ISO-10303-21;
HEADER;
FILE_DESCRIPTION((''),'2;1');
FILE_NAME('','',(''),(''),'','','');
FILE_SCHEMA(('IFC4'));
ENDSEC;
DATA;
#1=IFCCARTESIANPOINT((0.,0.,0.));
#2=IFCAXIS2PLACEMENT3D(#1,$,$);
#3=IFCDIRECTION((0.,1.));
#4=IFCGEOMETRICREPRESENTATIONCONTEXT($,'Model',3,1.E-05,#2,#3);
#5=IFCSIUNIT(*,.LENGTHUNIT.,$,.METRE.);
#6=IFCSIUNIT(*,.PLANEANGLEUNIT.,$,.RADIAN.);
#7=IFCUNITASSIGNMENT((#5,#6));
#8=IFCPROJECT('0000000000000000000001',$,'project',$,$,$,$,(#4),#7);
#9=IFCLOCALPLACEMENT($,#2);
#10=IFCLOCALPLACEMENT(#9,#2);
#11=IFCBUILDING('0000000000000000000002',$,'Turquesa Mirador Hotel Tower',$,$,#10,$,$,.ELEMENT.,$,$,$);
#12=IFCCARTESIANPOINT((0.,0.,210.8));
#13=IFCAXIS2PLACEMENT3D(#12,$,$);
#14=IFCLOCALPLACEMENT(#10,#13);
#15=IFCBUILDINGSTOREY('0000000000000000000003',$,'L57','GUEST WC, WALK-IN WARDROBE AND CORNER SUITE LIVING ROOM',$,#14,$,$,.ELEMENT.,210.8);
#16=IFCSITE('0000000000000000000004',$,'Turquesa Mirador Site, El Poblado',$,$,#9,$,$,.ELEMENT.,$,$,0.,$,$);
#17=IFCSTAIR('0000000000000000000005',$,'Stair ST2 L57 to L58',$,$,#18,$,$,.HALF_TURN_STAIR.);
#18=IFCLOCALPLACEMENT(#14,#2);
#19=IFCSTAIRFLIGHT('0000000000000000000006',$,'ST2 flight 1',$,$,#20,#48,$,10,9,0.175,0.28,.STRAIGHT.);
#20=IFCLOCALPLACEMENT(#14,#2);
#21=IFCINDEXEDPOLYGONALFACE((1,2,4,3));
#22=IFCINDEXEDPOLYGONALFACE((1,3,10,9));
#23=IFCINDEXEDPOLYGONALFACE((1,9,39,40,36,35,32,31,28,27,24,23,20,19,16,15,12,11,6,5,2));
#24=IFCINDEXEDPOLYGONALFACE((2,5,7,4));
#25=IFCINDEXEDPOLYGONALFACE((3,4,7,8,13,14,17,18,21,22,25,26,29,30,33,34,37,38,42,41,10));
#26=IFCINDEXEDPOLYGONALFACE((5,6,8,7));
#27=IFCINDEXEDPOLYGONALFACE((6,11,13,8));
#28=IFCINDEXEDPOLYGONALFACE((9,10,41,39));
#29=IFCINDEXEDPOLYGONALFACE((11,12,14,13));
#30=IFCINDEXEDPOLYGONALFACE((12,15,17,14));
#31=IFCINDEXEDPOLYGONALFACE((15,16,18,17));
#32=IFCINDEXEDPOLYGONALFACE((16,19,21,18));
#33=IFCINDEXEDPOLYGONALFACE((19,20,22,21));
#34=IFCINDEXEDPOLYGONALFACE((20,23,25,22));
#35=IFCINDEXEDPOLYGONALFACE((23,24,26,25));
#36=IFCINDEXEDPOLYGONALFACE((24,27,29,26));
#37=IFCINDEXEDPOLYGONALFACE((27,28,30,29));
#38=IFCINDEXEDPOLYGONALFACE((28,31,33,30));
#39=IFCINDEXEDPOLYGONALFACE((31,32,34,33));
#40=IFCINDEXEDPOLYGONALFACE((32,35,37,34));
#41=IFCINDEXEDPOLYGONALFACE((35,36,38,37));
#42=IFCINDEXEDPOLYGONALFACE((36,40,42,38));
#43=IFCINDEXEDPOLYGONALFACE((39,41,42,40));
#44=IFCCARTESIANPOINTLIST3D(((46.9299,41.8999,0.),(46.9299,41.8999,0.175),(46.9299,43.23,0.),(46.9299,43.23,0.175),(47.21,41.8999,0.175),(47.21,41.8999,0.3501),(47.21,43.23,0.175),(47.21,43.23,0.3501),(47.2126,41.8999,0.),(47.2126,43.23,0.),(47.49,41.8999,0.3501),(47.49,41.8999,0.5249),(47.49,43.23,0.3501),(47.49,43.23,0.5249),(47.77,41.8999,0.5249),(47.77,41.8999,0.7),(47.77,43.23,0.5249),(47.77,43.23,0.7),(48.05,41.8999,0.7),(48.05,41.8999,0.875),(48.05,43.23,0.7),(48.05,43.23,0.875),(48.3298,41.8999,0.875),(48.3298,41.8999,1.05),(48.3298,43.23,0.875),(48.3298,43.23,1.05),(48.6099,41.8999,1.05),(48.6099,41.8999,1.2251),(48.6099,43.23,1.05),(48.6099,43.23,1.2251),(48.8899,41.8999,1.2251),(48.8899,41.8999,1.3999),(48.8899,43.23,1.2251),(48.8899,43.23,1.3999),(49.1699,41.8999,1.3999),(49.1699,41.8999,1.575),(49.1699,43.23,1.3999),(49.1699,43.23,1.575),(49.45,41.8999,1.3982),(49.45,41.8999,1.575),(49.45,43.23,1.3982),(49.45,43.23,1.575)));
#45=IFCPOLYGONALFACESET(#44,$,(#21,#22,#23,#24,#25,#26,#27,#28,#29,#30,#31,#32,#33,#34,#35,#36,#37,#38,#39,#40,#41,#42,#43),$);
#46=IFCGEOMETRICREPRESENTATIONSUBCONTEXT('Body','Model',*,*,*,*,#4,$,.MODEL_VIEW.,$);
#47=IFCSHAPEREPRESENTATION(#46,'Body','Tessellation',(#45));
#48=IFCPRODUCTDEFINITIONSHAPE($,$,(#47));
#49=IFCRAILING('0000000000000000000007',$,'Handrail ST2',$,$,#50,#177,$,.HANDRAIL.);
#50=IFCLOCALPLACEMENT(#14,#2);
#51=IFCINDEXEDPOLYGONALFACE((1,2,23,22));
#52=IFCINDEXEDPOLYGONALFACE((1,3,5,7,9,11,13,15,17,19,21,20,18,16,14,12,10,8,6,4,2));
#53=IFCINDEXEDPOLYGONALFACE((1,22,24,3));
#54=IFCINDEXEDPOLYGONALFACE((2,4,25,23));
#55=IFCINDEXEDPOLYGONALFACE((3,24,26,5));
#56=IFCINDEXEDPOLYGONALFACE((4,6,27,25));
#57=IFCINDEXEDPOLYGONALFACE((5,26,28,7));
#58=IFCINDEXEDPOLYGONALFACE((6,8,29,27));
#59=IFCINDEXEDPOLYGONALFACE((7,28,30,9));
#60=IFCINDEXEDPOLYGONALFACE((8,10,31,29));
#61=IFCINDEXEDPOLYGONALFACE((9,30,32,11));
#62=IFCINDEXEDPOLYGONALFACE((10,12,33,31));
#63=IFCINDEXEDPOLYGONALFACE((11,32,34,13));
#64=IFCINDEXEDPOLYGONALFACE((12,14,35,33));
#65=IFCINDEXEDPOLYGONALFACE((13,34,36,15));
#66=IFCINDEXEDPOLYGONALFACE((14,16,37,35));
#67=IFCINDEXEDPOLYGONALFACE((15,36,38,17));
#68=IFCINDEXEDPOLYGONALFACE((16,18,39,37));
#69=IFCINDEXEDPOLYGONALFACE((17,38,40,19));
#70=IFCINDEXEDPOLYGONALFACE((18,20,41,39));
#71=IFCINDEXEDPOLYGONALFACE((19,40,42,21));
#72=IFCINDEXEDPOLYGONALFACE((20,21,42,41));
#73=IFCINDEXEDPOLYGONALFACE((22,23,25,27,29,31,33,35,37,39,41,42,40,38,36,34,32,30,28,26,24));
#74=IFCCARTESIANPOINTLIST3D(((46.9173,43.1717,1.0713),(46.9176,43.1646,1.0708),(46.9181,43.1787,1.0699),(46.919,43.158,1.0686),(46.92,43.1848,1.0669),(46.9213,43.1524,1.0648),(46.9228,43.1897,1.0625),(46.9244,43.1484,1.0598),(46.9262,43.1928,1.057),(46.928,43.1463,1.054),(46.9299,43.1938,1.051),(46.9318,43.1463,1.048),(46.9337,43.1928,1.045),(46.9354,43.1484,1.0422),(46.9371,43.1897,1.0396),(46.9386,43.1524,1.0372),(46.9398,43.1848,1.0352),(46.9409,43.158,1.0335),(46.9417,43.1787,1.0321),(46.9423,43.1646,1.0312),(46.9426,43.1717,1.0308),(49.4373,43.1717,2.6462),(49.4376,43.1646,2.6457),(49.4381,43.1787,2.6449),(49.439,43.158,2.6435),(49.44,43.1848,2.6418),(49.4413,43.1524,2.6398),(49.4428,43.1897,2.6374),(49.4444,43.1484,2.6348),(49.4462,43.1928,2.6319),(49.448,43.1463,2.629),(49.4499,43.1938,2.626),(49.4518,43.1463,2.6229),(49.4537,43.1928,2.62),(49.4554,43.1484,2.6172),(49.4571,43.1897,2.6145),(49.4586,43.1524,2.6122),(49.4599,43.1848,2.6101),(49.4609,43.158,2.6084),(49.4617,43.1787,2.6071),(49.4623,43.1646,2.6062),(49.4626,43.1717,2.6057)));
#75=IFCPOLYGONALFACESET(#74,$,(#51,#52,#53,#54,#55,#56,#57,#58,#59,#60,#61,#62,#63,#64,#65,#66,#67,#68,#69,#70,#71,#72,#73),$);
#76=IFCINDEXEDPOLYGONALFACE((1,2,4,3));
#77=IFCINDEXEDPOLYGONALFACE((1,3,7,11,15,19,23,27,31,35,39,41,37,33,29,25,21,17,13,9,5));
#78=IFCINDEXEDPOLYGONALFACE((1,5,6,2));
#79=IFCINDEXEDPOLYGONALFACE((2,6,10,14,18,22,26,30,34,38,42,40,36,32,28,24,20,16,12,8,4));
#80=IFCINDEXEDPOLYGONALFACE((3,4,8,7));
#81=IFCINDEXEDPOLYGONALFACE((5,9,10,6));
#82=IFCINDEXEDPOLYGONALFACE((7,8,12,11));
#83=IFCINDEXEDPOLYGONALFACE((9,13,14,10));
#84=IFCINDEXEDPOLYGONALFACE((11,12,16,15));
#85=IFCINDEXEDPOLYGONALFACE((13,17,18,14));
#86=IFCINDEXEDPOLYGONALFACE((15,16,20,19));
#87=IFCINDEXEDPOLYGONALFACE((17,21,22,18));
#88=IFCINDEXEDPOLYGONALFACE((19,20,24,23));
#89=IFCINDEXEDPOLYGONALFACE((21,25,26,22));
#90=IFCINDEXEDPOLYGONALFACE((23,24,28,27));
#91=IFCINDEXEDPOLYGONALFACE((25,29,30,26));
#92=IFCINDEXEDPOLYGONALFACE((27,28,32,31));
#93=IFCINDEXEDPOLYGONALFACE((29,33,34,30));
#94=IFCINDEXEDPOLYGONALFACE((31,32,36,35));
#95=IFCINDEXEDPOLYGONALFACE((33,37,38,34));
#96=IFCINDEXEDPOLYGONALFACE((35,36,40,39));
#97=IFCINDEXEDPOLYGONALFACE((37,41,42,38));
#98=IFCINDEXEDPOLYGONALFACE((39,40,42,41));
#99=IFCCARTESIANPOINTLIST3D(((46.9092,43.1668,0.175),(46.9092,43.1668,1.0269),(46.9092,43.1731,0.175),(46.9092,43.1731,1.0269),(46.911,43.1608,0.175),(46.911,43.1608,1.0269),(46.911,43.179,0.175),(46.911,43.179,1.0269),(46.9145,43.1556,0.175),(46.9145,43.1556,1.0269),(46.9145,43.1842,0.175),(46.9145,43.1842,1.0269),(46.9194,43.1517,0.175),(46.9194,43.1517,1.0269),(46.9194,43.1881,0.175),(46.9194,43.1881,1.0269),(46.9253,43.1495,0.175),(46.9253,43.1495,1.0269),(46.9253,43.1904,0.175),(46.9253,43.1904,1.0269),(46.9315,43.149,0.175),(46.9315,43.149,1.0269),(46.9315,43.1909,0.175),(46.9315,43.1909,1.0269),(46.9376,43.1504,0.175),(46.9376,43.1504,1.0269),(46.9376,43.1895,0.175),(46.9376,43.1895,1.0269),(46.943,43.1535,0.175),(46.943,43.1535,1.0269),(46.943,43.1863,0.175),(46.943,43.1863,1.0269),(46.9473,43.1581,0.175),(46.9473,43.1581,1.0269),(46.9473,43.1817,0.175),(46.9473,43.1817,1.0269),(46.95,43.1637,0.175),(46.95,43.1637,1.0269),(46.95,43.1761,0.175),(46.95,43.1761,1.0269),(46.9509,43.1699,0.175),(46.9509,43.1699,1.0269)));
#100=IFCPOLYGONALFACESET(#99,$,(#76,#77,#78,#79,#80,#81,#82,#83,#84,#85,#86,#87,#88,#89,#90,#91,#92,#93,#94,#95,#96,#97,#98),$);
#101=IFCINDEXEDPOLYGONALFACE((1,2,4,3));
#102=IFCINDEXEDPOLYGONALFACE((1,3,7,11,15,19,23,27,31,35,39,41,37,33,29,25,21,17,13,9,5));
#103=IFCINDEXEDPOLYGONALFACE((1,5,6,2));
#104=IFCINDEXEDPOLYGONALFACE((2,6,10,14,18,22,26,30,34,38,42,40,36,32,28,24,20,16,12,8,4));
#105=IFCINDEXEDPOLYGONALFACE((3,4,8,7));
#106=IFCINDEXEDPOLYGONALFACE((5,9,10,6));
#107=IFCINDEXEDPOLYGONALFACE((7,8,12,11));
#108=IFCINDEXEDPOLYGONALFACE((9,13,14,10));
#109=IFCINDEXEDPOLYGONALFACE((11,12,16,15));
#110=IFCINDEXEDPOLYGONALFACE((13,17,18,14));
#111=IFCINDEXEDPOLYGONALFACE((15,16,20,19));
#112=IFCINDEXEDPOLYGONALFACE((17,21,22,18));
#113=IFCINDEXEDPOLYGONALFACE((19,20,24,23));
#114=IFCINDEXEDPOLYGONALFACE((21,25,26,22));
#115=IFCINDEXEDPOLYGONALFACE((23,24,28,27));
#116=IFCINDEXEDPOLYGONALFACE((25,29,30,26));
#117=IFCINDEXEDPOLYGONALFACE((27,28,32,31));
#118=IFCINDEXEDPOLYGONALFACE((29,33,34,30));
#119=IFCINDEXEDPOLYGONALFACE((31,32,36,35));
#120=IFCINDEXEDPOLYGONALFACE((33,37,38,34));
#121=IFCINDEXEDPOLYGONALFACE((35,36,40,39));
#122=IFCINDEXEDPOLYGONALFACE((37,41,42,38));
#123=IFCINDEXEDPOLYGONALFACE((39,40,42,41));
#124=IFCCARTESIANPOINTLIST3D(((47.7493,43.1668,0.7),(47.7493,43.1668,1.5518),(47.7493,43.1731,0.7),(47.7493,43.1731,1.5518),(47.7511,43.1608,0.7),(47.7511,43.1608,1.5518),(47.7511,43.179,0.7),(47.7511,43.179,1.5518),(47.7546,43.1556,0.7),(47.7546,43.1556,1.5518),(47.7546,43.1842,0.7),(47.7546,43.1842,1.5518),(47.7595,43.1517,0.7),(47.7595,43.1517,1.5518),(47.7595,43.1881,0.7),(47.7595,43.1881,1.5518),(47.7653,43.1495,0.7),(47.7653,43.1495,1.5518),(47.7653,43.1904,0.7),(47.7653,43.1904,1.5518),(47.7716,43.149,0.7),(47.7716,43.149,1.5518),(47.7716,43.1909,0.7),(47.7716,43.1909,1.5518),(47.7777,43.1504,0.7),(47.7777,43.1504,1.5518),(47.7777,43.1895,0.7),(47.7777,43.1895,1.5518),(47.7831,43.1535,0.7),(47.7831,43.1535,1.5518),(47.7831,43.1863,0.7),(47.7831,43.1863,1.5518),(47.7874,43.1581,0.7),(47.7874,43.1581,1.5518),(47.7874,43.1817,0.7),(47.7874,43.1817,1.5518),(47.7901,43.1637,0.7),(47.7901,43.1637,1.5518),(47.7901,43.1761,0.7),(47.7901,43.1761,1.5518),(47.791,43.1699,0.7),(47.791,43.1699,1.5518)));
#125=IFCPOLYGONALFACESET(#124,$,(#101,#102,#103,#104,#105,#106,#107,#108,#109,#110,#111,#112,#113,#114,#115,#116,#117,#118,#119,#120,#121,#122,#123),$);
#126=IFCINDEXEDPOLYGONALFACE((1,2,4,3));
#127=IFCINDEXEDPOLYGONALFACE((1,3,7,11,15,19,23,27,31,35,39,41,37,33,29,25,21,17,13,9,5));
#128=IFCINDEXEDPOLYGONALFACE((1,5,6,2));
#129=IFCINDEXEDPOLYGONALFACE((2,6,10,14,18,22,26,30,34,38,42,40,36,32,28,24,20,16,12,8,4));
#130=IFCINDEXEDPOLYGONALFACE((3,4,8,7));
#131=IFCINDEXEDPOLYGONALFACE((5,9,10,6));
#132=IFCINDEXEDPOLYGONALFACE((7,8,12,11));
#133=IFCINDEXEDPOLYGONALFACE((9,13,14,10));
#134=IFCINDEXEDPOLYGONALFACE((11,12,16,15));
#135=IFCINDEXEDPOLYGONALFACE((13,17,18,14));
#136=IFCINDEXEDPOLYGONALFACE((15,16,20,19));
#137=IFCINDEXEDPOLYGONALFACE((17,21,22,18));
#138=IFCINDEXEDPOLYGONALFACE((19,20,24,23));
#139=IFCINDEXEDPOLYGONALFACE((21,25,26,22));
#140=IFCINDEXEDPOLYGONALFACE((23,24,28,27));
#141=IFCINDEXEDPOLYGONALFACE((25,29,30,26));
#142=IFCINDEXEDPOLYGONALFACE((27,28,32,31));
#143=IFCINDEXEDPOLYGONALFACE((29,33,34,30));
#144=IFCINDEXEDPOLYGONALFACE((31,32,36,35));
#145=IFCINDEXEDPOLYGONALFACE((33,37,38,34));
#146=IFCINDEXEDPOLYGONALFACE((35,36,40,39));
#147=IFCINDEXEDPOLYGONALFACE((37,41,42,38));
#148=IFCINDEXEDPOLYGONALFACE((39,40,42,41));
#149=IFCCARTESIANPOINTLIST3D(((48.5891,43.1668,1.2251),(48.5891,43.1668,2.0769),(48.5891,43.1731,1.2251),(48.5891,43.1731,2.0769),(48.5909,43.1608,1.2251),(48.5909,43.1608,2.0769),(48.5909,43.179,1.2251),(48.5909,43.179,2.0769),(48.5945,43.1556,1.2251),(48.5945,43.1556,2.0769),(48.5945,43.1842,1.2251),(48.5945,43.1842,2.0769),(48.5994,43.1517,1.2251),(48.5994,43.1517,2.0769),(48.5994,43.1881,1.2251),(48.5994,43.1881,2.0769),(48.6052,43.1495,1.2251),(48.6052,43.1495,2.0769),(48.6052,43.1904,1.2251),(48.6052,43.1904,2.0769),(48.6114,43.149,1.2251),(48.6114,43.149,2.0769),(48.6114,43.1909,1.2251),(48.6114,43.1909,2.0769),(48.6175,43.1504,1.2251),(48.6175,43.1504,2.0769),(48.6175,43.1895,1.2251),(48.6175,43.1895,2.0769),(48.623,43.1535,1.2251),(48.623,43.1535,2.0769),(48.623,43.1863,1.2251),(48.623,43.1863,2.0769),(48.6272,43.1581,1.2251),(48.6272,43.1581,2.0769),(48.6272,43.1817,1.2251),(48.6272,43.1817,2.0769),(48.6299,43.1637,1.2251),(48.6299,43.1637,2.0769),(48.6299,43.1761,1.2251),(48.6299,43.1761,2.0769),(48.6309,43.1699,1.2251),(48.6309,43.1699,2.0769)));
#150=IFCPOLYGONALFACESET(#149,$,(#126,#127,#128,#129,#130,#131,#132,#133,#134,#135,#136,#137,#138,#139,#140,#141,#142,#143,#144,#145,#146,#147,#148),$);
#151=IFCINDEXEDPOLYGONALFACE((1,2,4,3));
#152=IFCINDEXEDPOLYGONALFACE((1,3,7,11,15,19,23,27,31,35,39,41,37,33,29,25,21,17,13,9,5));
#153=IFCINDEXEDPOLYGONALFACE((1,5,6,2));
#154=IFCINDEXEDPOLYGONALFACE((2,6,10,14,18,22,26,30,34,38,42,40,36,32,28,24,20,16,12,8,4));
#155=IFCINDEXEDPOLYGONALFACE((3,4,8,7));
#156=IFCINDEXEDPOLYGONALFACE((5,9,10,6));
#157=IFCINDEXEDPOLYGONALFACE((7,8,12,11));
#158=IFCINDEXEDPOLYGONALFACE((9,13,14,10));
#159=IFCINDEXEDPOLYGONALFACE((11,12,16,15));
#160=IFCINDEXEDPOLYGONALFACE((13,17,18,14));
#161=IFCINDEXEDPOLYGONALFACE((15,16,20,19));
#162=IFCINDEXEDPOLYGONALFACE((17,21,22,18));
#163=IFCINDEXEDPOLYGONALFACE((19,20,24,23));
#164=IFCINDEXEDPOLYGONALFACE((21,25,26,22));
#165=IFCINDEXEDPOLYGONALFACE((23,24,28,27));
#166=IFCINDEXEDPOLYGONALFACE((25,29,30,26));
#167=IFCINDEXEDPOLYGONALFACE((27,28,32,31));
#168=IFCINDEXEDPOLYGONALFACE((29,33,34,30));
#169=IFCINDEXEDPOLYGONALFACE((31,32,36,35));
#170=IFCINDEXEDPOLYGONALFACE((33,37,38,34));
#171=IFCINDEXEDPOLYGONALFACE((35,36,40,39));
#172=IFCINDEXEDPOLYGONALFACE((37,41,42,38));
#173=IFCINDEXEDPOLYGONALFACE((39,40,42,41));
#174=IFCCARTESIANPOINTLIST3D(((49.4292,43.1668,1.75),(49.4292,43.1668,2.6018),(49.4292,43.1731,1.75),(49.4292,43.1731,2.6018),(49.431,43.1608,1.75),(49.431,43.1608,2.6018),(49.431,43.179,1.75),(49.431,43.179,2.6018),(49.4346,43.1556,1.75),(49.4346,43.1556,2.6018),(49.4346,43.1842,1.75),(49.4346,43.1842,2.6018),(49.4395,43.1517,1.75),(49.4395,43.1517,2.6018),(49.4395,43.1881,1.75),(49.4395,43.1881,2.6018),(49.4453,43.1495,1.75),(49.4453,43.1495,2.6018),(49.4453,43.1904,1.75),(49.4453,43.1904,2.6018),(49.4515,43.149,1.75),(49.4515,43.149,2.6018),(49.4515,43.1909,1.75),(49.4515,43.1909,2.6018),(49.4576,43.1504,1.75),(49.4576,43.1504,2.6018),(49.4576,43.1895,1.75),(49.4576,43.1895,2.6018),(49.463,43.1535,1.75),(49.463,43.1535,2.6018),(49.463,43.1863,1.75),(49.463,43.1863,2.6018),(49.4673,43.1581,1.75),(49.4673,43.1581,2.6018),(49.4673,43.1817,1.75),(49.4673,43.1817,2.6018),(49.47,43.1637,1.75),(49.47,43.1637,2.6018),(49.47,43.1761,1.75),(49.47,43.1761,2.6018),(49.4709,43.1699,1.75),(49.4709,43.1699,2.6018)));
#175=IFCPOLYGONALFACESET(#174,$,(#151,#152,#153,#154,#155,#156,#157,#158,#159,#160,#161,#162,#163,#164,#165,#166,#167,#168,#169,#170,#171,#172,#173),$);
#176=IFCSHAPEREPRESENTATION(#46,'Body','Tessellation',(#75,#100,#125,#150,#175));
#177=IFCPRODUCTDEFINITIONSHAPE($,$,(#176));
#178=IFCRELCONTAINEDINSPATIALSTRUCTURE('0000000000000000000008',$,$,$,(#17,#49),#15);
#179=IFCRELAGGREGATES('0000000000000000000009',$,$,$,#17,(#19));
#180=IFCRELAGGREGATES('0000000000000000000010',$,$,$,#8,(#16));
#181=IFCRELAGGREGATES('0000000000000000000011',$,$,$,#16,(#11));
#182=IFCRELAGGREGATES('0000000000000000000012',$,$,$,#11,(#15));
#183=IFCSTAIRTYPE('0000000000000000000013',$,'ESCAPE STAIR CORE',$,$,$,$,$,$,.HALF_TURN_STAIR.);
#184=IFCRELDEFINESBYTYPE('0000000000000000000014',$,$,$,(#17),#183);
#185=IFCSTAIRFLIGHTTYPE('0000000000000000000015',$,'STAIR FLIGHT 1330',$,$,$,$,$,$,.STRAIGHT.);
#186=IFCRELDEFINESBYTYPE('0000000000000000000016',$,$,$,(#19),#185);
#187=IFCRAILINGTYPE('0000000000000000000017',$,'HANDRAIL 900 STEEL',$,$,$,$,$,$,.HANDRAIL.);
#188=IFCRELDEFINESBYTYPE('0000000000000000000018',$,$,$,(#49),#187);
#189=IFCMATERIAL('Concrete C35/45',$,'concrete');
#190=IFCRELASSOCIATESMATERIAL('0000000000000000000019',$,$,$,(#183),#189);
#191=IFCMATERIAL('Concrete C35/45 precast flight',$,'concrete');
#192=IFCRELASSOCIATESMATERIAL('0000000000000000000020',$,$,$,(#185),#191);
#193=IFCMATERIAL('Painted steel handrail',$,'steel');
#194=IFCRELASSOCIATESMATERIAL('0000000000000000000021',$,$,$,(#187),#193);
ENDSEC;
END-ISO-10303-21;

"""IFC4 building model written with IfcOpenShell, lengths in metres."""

from ifc_helpers import new_model, si_unit, direction, frame, origin, origin_2d, place, context, subcontext, project, spatial, polyline, circle, outline, extrude, material, type_object, element, aggregate, save


model = new_model("IFC4")

# Units and contexts
model_context = context("Model", 3, precision=1e-05, world=origin(), true_north=direction((0.0, 1.0)))
body_context = subcontext(model_context, "Body", "Model", "MODEL_VIEW")
ifc_project = project(units=[si_unit("LENGTHUNIT", "METRE"), si_unit("PLANEANGLEUNIT", "RADIAN")], contexts=[model_context])

# Site, building, storey
site_placement = place(None, origin())
site = spatial("IfcSite", under=ifc_project, at=site_placement, Name="Turquesa Mirador Site, El Poblado", CompositionType="ELEMENT", RefElevation=0.0)
building_placement = place(site_placement, origin())
building = spatial("IfcBuilding", under=site, at=building_placement, Name="Turquesa Mirador Hotel Tower", CompositionType="ELEMENT")
storey_placement = place(building_placement, frame((0.0, 0.0, 210.8)))
storey = spatial("IfcBuildingStorey", under=building, at=storey_placement, Name="L57", Description="GUEST WC, WALK-IN WARDROBE AND CORNER SUITE LIVING ROOM", CompositionType="ELEMENT", Elevation=210.8)

# Stair, stair flight
ifc_material_1 = material(Name="Concrete C35/45", Category="concrete")
stair_type = type_object("IfcStairType", Name="ESCAPE STAIR CORE", PredefinedType="HALF_TURN_STAIR", material=ifc_material_1)
stair_placement = place(storey_placement, origin())
stair = element("IfcStair", 1, at=stair_placement, inside=storey, type_object=stair_type, Name="Stair ST2 L57 to L58", PredefinedType="HALF_TURN_STAIR")
ifc_material_2 = material(Name="Concrete C35/45 precast flight", Category="concrete")
stair_flight_type = type_object("IfcStairFlightType", Name="STAIR FLIGHT 1330", PredefinedType="STRAIGHT", material=ifc_material_2)
stair_flight_placement = place(storey_placement, frame((46.9299, 42.5649, 0.0), z_axis=(0.0, 0.0, 1.0), x_axis=(1.0, 0.0, 0.0)))
stair_flight = element("IfcStairFlight", 2, at=stair_flight_placement, type_object=stair_flight_type, Name="ST2 flight 1", NumberOfRisers=10, NumberOfTreads=9, PredefinedType="STRAIGHT", RiserHeight=0.175, TreadLength=0.28, context=body_context, shape_type="SweptSolid", body=[
    extrude(outline(polyline([(0.0, 0.0), (0.0, 0.175), (0.28, 0.175), (0.28, 0.3501), (0.5601, 0.3501), (0.5601, 0.5249), (0.8401, 0.5249), (0.8401, 0.7), (1.1201, 0.7), (1.1201, 0.875), (1.3999, 0.875), (1.3999, 1.05), (1.6799, 1.05), (1.6799, 1.2251), (1.96, 1.2251), (1.96, 1.3999), (2.24, 1.3999), (2.24, 1.575), (2.52, 1.575), (2.52, 1.75), (2.52, 1.3982), (0.2827, 0.0), (0.0, 0.0)])), frame((0.0, 0.665, 0.0), z_axis=(0.0, -1.0, 0.0), x_axis=(1.0, 0.0, 0.0)), (0.0, 0.0, 1.0), 1.3301),
])
aggregate(stair, [stair_flight])

# Railing
ifc_material_3 = material(Name="Painted steel handrail", Category="steel")
railing_type = type_object("IfcRailingType", Name="HANDRAIL 900 STEEL", PredefinedType="HANDRAIL", material=ifc_material_3)
railing_1_placement = place(storey_placement, frame((46.9299, 43.1699, 0.175)))
element("IfcRailing", 3, at=railing_1_placement, inside=storey, type_object=railing_type, Name="Handrail ST2", PredefinedType="HANDRAIL", context=body_context, shape_type="SweptSolid", body=[
    extrude(circle(Radius=0.0239, at=origin_2d()), frame((0.0, 0.0, 0.876), z_axis=(0.848008, 0.0, 0.529984), x_axis=(0.0, 1.0, 0.0)), (0.0, 0.0, 1.0), 2.9717),
    extrude(circle(Radius=0.021, at=origin_2d()), origin(), (0.0, 0.0, 1.0), 0.8518),
    extrude(circle(Radius=0.021, at=origin_2d()), frame((0.8401, 0.0, 0.5249)), (0.0, 0.0, 1.0), 0.8518),
    extrude(circle(Radius=0.021, at=origin_2d()), frame((1.6799, 0.0, 1.05)), (0.0, 0.0, 1.0), 0.8518),
    extrude(circle(Radius=0.021, at=origin_2d()), frame((2.52, 0.0, 1.575)), (0.0, 0.0, 1.0), 0.8518),
])

save(model, "model.ifc")
